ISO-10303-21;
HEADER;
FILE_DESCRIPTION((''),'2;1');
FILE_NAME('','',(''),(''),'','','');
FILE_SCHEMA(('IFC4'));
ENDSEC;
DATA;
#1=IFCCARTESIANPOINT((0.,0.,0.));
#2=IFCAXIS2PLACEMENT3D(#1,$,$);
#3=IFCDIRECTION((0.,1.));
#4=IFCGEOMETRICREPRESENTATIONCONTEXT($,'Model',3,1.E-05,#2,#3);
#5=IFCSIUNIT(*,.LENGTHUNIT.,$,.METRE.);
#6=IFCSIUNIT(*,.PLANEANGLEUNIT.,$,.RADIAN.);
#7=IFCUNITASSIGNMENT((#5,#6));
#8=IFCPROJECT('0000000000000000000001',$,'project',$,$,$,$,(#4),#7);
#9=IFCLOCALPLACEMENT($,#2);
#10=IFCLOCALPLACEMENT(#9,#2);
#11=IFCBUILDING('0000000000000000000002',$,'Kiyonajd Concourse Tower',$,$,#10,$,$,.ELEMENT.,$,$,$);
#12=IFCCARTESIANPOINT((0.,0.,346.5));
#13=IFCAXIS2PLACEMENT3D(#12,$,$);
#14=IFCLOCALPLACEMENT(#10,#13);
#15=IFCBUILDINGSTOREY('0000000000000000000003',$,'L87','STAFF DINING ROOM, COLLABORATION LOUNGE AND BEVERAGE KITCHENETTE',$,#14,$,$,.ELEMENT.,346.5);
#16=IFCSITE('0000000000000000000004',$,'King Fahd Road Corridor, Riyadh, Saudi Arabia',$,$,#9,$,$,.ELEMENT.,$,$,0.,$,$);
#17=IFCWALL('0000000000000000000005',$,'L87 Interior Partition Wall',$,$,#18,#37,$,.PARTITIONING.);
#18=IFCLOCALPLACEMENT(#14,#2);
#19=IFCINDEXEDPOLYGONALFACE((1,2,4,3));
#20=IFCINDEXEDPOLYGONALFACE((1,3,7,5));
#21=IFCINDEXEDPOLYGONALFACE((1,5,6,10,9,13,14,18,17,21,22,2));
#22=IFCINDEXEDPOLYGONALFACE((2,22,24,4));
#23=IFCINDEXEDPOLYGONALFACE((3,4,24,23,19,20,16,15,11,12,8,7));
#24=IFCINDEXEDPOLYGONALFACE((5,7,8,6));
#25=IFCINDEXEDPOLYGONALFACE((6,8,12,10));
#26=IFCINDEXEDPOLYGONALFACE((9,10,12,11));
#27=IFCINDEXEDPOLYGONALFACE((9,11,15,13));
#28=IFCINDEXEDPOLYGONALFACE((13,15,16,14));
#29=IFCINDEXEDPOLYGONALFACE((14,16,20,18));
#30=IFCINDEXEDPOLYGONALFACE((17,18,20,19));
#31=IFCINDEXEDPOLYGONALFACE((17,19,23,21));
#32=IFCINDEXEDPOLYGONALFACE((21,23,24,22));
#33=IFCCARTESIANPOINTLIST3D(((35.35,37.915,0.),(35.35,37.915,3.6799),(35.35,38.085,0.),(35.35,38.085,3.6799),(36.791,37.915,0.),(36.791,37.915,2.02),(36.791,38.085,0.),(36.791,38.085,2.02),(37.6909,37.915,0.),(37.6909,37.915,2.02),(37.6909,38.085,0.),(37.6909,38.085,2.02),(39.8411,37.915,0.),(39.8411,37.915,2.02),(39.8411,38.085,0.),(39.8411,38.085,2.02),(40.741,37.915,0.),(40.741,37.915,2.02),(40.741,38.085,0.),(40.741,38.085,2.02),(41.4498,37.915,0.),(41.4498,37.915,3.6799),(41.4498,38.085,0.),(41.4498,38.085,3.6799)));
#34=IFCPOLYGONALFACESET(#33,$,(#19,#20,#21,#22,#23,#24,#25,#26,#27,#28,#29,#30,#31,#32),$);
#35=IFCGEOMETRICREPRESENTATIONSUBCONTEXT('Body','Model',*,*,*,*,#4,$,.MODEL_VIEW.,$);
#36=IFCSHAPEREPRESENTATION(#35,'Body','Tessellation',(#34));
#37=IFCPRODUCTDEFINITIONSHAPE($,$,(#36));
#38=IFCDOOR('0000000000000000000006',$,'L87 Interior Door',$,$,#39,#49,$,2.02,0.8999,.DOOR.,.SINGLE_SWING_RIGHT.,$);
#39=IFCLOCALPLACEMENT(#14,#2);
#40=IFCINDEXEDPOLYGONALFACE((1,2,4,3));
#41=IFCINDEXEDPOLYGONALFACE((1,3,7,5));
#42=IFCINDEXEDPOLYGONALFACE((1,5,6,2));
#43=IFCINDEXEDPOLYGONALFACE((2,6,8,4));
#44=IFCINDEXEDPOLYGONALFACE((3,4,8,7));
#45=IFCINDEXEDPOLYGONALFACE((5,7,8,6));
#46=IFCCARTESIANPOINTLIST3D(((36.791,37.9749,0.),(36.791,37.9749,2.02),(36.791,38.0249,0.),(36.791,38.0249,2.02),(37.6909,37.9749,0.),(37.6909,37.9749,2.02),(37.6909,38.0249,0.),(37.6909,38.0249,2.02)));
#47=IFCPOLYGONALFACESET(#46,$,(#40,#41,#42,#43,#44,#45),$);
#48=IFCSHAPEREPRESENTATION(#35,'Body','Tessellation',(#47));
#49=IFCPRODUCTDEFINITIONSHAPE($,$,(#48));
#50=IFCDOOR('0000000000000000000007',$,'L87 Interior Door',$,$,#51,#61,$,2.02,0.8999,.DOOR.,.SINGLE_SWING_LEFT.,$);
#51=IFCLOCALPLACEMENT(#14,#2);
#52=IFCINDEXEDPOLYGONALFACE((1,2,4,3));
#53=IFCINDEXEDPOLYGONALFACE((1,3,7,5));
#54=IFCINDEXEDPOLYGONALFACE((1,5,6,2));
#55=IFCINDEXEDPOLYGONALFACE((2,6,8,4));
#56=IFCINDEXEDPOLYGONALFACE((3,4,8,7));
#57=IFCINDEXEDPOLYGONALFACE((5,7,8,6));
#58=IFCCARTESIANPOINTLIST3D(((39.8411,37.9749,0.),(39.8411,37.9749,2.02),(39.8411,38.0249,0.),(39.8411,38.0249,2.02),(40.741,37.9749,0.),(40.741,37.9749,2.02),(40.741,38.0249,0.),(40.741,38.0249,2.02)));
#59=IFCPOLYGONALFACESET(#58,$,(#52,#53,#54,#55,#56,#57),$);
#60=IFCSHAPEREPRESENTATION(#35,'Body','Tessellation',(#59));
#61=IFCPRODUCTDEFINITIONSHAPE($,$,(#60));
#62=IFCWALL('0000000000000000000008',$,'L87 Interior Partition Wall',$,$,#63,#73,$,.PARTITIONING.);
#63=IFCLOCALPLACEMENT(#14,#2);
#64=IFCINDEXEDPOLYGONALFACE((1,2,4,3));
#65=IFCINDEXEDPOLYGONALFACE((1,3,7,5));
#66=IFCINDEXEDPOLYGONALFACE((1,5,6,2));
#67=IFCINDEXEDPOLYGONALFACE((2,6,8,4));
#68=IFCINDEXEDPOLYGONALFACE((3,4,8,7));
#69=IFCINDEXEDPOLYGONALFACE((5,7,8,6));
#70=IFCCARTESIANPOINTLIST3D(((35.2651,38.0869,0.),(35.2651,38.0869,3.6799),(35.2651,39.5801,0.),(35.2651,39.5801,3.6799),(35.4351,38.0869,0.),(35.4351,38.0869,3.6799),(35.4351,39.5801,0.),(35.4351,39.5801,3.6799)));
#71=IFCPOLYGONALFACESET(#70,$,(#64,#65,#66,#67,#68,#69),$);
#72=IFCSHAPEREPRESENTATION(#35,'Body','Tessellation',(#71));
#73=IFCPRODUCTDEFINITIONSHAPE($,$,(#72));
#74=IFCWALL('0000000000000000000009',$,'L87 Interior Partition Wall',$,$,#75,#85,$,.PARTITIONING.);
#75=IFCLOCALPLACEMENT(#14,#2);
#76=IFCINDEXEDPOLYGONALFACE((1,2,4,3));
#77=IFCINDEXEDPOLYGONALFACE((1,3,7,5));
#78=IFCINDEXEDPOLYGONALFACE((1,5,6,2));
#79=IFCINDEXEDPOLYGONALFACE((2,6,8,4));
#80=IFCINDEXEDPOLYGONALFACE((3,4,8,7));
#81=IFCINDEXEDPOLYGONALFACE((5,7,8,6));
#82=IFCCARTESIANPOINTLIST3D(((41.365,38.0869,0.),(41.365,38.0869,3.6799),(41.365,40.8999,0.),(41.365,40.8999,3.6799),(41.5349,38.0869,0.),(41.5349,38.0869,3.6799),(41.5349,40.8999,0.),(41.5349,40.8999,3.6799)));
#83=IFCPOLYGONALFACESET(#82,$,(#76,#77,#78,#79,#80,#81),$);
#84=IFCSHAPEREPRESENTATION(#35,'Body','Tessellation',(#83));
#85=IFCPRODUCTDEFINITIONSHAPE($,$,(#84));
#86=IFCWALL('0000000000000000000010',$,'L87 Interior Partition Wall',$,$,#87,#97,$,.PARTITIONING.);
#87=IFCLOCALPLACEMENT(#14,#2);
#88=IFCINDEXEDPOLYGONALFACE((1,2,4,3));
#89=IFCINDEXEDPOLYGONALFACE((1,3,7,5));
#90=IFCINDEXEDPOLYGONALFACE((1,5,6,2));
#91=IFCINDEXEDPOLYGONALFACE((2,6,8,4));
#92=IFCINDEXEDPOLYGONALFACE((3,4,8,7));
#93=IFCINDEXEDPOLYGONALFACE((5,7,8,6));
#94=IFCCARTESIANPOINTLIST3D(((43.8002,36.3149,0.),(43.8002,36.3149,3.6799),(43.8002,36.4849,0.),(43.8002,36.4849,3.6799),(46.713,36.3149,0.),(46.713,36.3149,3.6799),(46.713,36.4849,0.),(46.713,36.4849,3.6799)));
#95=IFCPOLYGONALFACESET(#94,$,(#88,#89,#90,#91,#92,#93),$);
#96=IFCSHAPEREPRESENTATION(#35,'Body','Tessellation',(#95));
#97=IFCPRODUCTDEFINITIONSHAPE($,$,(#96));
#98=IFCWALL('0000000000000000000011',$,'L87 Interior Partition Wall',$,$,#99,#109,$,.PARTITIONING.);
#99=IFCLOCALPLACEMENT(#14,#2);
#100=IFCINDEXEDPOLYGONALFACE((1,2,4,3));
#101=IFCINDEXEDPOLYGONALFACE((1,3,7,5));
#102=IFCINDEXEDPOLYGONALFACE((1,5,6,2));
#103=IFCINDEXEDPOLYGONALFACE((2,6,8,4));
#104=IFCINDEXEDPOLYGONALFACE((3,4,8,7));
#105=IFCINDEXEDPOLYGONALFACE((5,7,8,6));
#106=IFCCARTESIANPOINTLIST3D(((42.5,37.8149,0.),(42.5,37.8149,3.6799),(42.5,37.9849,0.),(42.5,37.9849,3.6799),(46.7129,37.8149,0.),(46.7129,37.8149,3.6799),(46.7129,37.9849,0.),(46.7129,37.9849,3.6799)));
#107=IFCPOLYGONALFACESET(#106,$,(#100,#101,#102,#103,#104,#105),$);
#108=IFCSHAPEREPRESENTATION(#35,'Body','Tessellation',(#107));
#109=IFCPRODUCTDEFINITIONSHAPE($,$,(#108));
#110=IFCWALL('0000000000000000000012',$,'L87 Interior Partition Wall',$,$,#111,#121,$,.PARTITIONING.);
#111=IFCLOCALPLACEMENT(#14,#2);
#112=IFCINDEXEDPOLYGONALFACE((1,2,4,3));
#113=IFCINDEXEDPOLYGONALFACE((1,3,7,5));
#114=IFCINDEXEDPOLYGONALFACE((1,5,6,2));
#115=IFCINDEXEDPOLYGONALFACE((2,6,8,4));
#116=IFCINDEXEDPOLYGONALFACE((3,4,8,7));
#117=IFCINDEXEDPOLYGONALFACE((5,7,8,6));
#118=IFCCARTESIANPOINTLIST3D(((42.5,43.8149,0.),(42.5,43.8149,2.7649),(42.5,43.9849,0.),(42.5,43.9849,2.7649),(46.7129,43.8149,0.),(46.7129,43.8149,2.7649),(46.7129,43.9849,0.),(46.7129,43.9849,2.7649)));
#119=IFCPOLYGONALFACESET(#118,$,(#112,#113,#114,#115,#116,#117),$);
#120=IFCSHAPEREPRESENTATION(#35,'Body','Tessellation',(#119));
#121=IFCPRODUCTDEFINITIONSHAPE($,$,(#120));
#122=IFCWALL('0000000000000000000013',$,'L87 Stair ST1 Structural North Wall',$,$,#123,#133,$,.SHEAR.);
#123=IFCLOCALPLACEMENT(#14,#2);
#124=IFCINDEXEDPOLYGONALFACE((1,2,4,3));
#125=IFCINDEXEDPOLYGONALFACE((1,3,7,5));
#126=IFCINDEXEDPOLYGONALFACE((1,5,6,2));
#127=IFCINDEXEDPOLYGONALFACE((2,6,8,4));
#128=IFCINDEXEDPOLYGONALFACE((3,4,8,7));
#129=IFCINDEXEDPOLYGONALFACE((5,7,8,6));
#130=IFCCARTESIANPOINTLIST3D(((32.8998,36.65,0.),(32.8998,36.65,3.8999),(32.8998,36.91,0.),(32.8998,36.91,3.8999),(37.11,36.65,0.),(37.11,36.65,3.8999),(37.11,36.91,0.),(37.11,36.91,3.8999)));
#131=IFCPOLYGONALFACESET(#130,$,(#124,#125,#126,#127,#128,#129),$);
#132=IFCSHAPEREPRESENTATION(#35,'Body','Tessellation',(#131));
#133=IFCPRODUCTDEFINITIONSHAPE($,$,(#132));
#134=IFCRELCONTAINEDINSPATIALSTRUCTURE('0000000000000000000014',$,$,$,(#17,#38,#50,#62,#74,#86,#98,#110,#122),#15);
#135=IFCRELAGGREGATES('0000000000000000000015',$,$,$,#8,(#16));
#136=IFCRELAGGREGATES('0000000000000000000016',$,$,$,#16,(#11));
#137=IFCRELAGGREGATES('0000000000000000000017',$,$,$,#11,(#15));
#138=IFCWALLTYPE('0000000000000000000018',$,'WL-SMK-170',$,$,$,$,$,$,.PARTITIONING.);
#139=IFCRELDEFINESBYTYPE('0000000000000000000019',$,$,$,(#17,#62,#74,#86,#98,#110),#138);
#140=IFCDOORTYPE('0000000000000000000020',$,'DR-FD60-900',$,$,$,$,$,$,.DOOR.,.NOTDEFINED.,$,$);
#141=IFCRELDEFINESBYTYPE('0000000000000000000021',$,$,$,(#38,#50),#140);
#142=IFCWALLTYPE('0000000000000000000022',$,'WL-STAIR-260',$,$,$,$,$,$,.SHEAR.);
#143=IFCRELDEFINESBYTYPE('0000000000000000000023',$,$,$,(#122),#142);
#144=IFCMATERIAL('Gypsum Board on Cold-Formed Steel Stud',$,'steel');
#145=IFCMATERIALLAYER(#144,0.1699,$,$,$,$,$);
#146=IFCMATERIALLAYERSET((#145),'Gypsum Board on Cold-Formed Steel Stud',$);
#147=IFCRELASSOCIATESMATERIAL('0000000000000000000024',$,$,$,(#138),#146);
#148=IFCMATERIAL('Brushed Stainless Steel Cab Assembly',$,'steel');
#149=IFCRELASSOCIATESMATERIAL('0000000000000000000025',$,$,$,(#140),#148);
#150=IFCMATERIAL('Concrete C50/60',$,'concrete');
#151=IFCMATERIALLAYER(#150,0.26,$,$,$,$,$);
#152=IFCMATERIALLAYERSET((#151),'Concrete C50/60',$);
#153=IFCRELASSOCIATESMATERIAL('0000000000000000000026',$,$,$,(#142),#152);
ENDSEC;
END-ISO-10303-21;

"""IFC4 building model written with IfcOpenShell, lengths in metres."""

from ifc_helpers import new_model, si_unit, direction, frame, frame_2d, origin, place, context, subcontext, project, spatial, rectangle, extrude, material, layer, layer_set, type_object, element, fill, save


model = new_model("IFC4")

# Units and contexts
model_context = context("Model", 3, precision=1e-05, world=origin(), true_north=direction((0.0, 1.0)))
body_context = subcontext(model_context, "Body", "Model", "MODEL_VIEW")
ifc_project = project(units=[si_unit("LENGTHUNIT", "METRE"), si_unit("PLANEANGLEUNIT", "RADIAN")], contexts=[model_context])

# Site, building, storey
site_placement = place(None, origin())
site = spatial("IfcSite", under=ifc_project, at=site_placement, Name="King Fahd Road Corridor, Riyadh, Saudi Arabia", CompositionType="ELEMENT", RefElevation=0.0)
building_placement = place(site_placement, origin())
building = spatial("IfcBuilding", under=site, at=building_placement, Name="Kiyonajd Concourse Tower", CompositionType="ELEMENT")
storey_placement = place(building_placement, frame((0.0, 0.0, 346.5)))
storey = spatial("IfcBuildingStorey", under=building, at=storey_placement, Name="L87", Description="STAFF DINING ROOM, COLLABORATION LOUNGE AND BEVERAGE KITCHENETTE", CompositionType="ELEMENT", Elevation=346.5)

# Shared definitions
ifc_material_1 = material(Name="Gypsum Board on Cold-Formed Steel Stud", Category="steel")

# Wall, openings, doors
ifc_layer_1 = layer(ifc_material_1, 0.1699)
ifc_layer_set_1 = layer_set([ifc_layer_1], Name="Gypsum Board on Cold-Formed Steel Stud")
wall_type_1 = type_object("IfcWallType", Name="WL-SMK-170", PredefinedType="PARTITIONING", material=ifc_layer_set_1)
wall_1_placement = place(storey_placement, frame((35.3501, 38.0, 0.0), z_axis=(0.0, 0.0, 1.0), x_axis=(1.0, 0.0, 0.0)))
wall_1 = element("IfcWall", 1, at=wall_1_placement, inside=storey, type_object=wall_type_1, Name="L87 Interior Partition Wall", PredefinedType="PARTITIONING", context=body_context, shape_type="SweptSolid", body=[
    extrude(rectangle(XDim=6.0999, YDim=0.1699, at=frame_2d((3.0498, 0.0))), origin(), (0.0, 0.0, 1.0), 3.6799),
])
opening_1_placement = place(wall_1_placement, frame((1.4409, 0.0, 0.0)))
opening_1 = element("IfcOpeningElement", 2, at=opening_1_placement, cuts=wall_1, PredefinedType="OPENING", context=body_context, shape_type="SweptSolid", body=[
    extrude(rectangle(XDim=0.8999, YDim=2.02, at=frame_2d((0.45, 1.01))), frame((0.0, 0.095, 0.0), z_axis=(0.0, -1.0, 0.0), x_axis=(1.0, 0.0, 0.0)), (0.0, 0.0, 1.0), 0.1899),
])
opening_2_placement = place(wall_1_placement, frame((4.491, 0.0, 0.0)))
opening_2 = element("IfcOpeningElement", 3, at=opening_2_placement, cuts=wall_1, PredefinedType="OPENING", context=body_context, shape_type="SweptSolid", body=[
    extrude(rectangle(XDim=0.8999, YDim=2.02, at=frame_2d((0.45, 1.01))), frame((0.0, 0.095, 0.0), z_axis=(0.0, -1.0, 0.0), x_axis=(1.0, 0.0, 0.0)), (0.0, 0.0, 1.0), 0.1899),
])
ifc_material_2 = material(Name="Brushed Stainless Steel Cab Assembly", Category="steel")
door_type_1 = type_object("IfcDoorType", Name="DR-FD60-900", OperationType="NOTDEFINED", PredefinedType="DOOR", material=ifc_material_2)
door_1_placement = place(opening_1_placement, origin())
door_1 = element("IfcDoor", 4, at=door_1_placement, inside=storey, type_object=door_type_1, Name="L87 Interior Door", OperationType="SINGLE_SWING_RIGHT", OverallHeight=2.02, OverallWidth=0.8999, PredefinedType="DOOR", context=body_context, shape_type="SweptSolid", body=[
    extrude(rectangle(XDim=0.8999, YDim=2.02, at=frame_2d((0.45, 1.01))), frame((0.0, 0.0249, 0.0), z_axis=(0.0, -1.0, 0.0), x_axis=(1.0, 0.0, 0.0)), (0.0, 0.0, 1.0), 0.05),
])
fill(opening_1, door_1)
door_2_placement = place(opening_2_placement, origin())
door_2 = element("IfcDoor", 5, at=door_2_placement, inside=storey, type_object=door_type_1, Name="L87 Interior Door", OperationType="SINGLE_SWING_LEFT", OverallHeight=2.02, OverallWidth=0.8999, PredefinedType="DOOR", context=body_context, shape_type="SweptSolid", body=[
    extrude(rectangle(XDim=0.8999, YDim=2.02, at=frame_2d((0.45, 1.01))), frame((0.0, 0.0249, 0.0), z_axis=(0.0, -1.0, 0.0), x_axis=(1.0, 0.0, 0.0)), (0.0, 0.0, 1.0), 0.05),
])
fill(opening_2, door_2)

# Walls
wall_2_placement = place(storey_placement, frame((35.3501, 38.0869, 0.0), z_axis=(0.0, 0.0, 1.0), x_axis=(0.0, 1.0, 0.0)))
element("IfcWall", 6, at=wall_2_placement, inside=storey, type_object=wall_type_1, Name="L87 Interior Partition Wall", PredefinedType="PARTITIONING", context=body_context, shape_type="SweptSolid", body=[
    extrude(rectangle(XDim=1.4932, YDim=0.1699, at=frame_2d((0.7466, 0.0))), origin(), (0.0, 0.0, 1.0), 3.6799),
])
wall_3_placement = place(storey_placement, frame((41.45, 38.0869, 0.0), z_axis=(0.0, 0.0, 1.0), x_axis=(0.0, 1.0, 0.0)))
element("IfcWall", 7, at=wall_3_placement, inside=storey, type_object=wall_type_1, Name="L87 Interior Partition Wall", PredefinedType="PARTITIONING", context=body_context, shape_type="SweptSolid", body=[
    extrude(rectangle(XDim=2.813, YDim=0.1699, at=frame_2d((1.4065, 0.0))), origin(), (0.0, 0.0, 1.0), 3.6799),
])
wall_4_placement = place(storey_placement, frame((43.8, 36.3999, 0.0), z_axis=(0.0, 0.0, 1.0), x_axis=(1.0, 0.0, 0.0)))
element("IfcWall", 8, at=wall_4_placement, inside=storey, type_object=wall_type_1, Name="L87 Interior Partition Wall", PredefinedType="PARTITIONING", context=body_context, shape_type="SweptSolid", body=[
    extrude(rectangle(XDim=2.9128, YDim=0.1699, at=frame_2d((1.4565, 0.0))), origin(), (0.0, 0.0, 1.0), 3.6799),
])
wall_5_placement = place(storey_placement, frame((42.5, 37.8999, 0.0), z_axis=(0.0, 0.0, 1.0), x_axis=(1.0, 0.0, 0.0)))
element("IfcWall", 9, at=wall_5_placement, inside=storey, type_object=wall_type_1, Name="L87 Interior Partition Wall", PredefinedType="PARTITIONING", context=body_context, shape_type="SweptSolid", body=[
    extrude(rectangle(XDim=4.2129, YDim=0.1699, at=frame_2d((2.1064, 0.0))), origin(), (0.0, 0.0, 1.0), 3.6799),
])
wall_6_placement = place(storey_placement, frame((42.5, 43.8999, 0.0), z_axis=(0.0, 0.0, 1.0), x_axis=(1.0, 0.0, 0.0)))
element("IfcWall", 10, at=wall_6_placement, inside=storey, type_object=wall_type_1, Name="L87 Interior Partition Wall", PredefinedType="PARTITIONING", context=body_context, shape_type="SweptSolid", body=[
    extrude(rectangle(XDim=4.2129, YDim=0.1699, at=frame_2d((2.1064, 0.0))), origin(), (0.0, 0.0, 1.0), 2.7649),
])
ifc_material_3 = material(Name="Concrete C50/60", Category="concrete")
ifc_layer_2 = layer(ifc_material_3, 0.26)
ifc_layer_set_2 = layer_set([ifc_layer_2], Name="Concrete C50/60")
wall_type_2 = type_object("IfcWallType", Name="WL-STAIR-260", PredefinedType="SHEAR", material=ifc_layer_set_2)
wall_7_placement = place(storey_placement, frame((32.8999, 36.78, 0.0), z_axis=(0.0, 0.0, 1.0), x_axis=(1.0, 0.0, 0.0)))
element("IfcWall", 11, at=wall_7_placement, inside=storey, type_object=wall_type_2, Name="L87 Stair ST1 Structural North Wall", PredefinedType="SHEAR", context=body_context, shape_type="SweptSolid", body=[
    extrude(rectangle(XDim=4.2102, YDim=0.26, at=frame_2d((2.105, 0.0))), origin(), (0.0, 0.0, 1.0), 3.8999),
])

save(model, "model.ifc")
